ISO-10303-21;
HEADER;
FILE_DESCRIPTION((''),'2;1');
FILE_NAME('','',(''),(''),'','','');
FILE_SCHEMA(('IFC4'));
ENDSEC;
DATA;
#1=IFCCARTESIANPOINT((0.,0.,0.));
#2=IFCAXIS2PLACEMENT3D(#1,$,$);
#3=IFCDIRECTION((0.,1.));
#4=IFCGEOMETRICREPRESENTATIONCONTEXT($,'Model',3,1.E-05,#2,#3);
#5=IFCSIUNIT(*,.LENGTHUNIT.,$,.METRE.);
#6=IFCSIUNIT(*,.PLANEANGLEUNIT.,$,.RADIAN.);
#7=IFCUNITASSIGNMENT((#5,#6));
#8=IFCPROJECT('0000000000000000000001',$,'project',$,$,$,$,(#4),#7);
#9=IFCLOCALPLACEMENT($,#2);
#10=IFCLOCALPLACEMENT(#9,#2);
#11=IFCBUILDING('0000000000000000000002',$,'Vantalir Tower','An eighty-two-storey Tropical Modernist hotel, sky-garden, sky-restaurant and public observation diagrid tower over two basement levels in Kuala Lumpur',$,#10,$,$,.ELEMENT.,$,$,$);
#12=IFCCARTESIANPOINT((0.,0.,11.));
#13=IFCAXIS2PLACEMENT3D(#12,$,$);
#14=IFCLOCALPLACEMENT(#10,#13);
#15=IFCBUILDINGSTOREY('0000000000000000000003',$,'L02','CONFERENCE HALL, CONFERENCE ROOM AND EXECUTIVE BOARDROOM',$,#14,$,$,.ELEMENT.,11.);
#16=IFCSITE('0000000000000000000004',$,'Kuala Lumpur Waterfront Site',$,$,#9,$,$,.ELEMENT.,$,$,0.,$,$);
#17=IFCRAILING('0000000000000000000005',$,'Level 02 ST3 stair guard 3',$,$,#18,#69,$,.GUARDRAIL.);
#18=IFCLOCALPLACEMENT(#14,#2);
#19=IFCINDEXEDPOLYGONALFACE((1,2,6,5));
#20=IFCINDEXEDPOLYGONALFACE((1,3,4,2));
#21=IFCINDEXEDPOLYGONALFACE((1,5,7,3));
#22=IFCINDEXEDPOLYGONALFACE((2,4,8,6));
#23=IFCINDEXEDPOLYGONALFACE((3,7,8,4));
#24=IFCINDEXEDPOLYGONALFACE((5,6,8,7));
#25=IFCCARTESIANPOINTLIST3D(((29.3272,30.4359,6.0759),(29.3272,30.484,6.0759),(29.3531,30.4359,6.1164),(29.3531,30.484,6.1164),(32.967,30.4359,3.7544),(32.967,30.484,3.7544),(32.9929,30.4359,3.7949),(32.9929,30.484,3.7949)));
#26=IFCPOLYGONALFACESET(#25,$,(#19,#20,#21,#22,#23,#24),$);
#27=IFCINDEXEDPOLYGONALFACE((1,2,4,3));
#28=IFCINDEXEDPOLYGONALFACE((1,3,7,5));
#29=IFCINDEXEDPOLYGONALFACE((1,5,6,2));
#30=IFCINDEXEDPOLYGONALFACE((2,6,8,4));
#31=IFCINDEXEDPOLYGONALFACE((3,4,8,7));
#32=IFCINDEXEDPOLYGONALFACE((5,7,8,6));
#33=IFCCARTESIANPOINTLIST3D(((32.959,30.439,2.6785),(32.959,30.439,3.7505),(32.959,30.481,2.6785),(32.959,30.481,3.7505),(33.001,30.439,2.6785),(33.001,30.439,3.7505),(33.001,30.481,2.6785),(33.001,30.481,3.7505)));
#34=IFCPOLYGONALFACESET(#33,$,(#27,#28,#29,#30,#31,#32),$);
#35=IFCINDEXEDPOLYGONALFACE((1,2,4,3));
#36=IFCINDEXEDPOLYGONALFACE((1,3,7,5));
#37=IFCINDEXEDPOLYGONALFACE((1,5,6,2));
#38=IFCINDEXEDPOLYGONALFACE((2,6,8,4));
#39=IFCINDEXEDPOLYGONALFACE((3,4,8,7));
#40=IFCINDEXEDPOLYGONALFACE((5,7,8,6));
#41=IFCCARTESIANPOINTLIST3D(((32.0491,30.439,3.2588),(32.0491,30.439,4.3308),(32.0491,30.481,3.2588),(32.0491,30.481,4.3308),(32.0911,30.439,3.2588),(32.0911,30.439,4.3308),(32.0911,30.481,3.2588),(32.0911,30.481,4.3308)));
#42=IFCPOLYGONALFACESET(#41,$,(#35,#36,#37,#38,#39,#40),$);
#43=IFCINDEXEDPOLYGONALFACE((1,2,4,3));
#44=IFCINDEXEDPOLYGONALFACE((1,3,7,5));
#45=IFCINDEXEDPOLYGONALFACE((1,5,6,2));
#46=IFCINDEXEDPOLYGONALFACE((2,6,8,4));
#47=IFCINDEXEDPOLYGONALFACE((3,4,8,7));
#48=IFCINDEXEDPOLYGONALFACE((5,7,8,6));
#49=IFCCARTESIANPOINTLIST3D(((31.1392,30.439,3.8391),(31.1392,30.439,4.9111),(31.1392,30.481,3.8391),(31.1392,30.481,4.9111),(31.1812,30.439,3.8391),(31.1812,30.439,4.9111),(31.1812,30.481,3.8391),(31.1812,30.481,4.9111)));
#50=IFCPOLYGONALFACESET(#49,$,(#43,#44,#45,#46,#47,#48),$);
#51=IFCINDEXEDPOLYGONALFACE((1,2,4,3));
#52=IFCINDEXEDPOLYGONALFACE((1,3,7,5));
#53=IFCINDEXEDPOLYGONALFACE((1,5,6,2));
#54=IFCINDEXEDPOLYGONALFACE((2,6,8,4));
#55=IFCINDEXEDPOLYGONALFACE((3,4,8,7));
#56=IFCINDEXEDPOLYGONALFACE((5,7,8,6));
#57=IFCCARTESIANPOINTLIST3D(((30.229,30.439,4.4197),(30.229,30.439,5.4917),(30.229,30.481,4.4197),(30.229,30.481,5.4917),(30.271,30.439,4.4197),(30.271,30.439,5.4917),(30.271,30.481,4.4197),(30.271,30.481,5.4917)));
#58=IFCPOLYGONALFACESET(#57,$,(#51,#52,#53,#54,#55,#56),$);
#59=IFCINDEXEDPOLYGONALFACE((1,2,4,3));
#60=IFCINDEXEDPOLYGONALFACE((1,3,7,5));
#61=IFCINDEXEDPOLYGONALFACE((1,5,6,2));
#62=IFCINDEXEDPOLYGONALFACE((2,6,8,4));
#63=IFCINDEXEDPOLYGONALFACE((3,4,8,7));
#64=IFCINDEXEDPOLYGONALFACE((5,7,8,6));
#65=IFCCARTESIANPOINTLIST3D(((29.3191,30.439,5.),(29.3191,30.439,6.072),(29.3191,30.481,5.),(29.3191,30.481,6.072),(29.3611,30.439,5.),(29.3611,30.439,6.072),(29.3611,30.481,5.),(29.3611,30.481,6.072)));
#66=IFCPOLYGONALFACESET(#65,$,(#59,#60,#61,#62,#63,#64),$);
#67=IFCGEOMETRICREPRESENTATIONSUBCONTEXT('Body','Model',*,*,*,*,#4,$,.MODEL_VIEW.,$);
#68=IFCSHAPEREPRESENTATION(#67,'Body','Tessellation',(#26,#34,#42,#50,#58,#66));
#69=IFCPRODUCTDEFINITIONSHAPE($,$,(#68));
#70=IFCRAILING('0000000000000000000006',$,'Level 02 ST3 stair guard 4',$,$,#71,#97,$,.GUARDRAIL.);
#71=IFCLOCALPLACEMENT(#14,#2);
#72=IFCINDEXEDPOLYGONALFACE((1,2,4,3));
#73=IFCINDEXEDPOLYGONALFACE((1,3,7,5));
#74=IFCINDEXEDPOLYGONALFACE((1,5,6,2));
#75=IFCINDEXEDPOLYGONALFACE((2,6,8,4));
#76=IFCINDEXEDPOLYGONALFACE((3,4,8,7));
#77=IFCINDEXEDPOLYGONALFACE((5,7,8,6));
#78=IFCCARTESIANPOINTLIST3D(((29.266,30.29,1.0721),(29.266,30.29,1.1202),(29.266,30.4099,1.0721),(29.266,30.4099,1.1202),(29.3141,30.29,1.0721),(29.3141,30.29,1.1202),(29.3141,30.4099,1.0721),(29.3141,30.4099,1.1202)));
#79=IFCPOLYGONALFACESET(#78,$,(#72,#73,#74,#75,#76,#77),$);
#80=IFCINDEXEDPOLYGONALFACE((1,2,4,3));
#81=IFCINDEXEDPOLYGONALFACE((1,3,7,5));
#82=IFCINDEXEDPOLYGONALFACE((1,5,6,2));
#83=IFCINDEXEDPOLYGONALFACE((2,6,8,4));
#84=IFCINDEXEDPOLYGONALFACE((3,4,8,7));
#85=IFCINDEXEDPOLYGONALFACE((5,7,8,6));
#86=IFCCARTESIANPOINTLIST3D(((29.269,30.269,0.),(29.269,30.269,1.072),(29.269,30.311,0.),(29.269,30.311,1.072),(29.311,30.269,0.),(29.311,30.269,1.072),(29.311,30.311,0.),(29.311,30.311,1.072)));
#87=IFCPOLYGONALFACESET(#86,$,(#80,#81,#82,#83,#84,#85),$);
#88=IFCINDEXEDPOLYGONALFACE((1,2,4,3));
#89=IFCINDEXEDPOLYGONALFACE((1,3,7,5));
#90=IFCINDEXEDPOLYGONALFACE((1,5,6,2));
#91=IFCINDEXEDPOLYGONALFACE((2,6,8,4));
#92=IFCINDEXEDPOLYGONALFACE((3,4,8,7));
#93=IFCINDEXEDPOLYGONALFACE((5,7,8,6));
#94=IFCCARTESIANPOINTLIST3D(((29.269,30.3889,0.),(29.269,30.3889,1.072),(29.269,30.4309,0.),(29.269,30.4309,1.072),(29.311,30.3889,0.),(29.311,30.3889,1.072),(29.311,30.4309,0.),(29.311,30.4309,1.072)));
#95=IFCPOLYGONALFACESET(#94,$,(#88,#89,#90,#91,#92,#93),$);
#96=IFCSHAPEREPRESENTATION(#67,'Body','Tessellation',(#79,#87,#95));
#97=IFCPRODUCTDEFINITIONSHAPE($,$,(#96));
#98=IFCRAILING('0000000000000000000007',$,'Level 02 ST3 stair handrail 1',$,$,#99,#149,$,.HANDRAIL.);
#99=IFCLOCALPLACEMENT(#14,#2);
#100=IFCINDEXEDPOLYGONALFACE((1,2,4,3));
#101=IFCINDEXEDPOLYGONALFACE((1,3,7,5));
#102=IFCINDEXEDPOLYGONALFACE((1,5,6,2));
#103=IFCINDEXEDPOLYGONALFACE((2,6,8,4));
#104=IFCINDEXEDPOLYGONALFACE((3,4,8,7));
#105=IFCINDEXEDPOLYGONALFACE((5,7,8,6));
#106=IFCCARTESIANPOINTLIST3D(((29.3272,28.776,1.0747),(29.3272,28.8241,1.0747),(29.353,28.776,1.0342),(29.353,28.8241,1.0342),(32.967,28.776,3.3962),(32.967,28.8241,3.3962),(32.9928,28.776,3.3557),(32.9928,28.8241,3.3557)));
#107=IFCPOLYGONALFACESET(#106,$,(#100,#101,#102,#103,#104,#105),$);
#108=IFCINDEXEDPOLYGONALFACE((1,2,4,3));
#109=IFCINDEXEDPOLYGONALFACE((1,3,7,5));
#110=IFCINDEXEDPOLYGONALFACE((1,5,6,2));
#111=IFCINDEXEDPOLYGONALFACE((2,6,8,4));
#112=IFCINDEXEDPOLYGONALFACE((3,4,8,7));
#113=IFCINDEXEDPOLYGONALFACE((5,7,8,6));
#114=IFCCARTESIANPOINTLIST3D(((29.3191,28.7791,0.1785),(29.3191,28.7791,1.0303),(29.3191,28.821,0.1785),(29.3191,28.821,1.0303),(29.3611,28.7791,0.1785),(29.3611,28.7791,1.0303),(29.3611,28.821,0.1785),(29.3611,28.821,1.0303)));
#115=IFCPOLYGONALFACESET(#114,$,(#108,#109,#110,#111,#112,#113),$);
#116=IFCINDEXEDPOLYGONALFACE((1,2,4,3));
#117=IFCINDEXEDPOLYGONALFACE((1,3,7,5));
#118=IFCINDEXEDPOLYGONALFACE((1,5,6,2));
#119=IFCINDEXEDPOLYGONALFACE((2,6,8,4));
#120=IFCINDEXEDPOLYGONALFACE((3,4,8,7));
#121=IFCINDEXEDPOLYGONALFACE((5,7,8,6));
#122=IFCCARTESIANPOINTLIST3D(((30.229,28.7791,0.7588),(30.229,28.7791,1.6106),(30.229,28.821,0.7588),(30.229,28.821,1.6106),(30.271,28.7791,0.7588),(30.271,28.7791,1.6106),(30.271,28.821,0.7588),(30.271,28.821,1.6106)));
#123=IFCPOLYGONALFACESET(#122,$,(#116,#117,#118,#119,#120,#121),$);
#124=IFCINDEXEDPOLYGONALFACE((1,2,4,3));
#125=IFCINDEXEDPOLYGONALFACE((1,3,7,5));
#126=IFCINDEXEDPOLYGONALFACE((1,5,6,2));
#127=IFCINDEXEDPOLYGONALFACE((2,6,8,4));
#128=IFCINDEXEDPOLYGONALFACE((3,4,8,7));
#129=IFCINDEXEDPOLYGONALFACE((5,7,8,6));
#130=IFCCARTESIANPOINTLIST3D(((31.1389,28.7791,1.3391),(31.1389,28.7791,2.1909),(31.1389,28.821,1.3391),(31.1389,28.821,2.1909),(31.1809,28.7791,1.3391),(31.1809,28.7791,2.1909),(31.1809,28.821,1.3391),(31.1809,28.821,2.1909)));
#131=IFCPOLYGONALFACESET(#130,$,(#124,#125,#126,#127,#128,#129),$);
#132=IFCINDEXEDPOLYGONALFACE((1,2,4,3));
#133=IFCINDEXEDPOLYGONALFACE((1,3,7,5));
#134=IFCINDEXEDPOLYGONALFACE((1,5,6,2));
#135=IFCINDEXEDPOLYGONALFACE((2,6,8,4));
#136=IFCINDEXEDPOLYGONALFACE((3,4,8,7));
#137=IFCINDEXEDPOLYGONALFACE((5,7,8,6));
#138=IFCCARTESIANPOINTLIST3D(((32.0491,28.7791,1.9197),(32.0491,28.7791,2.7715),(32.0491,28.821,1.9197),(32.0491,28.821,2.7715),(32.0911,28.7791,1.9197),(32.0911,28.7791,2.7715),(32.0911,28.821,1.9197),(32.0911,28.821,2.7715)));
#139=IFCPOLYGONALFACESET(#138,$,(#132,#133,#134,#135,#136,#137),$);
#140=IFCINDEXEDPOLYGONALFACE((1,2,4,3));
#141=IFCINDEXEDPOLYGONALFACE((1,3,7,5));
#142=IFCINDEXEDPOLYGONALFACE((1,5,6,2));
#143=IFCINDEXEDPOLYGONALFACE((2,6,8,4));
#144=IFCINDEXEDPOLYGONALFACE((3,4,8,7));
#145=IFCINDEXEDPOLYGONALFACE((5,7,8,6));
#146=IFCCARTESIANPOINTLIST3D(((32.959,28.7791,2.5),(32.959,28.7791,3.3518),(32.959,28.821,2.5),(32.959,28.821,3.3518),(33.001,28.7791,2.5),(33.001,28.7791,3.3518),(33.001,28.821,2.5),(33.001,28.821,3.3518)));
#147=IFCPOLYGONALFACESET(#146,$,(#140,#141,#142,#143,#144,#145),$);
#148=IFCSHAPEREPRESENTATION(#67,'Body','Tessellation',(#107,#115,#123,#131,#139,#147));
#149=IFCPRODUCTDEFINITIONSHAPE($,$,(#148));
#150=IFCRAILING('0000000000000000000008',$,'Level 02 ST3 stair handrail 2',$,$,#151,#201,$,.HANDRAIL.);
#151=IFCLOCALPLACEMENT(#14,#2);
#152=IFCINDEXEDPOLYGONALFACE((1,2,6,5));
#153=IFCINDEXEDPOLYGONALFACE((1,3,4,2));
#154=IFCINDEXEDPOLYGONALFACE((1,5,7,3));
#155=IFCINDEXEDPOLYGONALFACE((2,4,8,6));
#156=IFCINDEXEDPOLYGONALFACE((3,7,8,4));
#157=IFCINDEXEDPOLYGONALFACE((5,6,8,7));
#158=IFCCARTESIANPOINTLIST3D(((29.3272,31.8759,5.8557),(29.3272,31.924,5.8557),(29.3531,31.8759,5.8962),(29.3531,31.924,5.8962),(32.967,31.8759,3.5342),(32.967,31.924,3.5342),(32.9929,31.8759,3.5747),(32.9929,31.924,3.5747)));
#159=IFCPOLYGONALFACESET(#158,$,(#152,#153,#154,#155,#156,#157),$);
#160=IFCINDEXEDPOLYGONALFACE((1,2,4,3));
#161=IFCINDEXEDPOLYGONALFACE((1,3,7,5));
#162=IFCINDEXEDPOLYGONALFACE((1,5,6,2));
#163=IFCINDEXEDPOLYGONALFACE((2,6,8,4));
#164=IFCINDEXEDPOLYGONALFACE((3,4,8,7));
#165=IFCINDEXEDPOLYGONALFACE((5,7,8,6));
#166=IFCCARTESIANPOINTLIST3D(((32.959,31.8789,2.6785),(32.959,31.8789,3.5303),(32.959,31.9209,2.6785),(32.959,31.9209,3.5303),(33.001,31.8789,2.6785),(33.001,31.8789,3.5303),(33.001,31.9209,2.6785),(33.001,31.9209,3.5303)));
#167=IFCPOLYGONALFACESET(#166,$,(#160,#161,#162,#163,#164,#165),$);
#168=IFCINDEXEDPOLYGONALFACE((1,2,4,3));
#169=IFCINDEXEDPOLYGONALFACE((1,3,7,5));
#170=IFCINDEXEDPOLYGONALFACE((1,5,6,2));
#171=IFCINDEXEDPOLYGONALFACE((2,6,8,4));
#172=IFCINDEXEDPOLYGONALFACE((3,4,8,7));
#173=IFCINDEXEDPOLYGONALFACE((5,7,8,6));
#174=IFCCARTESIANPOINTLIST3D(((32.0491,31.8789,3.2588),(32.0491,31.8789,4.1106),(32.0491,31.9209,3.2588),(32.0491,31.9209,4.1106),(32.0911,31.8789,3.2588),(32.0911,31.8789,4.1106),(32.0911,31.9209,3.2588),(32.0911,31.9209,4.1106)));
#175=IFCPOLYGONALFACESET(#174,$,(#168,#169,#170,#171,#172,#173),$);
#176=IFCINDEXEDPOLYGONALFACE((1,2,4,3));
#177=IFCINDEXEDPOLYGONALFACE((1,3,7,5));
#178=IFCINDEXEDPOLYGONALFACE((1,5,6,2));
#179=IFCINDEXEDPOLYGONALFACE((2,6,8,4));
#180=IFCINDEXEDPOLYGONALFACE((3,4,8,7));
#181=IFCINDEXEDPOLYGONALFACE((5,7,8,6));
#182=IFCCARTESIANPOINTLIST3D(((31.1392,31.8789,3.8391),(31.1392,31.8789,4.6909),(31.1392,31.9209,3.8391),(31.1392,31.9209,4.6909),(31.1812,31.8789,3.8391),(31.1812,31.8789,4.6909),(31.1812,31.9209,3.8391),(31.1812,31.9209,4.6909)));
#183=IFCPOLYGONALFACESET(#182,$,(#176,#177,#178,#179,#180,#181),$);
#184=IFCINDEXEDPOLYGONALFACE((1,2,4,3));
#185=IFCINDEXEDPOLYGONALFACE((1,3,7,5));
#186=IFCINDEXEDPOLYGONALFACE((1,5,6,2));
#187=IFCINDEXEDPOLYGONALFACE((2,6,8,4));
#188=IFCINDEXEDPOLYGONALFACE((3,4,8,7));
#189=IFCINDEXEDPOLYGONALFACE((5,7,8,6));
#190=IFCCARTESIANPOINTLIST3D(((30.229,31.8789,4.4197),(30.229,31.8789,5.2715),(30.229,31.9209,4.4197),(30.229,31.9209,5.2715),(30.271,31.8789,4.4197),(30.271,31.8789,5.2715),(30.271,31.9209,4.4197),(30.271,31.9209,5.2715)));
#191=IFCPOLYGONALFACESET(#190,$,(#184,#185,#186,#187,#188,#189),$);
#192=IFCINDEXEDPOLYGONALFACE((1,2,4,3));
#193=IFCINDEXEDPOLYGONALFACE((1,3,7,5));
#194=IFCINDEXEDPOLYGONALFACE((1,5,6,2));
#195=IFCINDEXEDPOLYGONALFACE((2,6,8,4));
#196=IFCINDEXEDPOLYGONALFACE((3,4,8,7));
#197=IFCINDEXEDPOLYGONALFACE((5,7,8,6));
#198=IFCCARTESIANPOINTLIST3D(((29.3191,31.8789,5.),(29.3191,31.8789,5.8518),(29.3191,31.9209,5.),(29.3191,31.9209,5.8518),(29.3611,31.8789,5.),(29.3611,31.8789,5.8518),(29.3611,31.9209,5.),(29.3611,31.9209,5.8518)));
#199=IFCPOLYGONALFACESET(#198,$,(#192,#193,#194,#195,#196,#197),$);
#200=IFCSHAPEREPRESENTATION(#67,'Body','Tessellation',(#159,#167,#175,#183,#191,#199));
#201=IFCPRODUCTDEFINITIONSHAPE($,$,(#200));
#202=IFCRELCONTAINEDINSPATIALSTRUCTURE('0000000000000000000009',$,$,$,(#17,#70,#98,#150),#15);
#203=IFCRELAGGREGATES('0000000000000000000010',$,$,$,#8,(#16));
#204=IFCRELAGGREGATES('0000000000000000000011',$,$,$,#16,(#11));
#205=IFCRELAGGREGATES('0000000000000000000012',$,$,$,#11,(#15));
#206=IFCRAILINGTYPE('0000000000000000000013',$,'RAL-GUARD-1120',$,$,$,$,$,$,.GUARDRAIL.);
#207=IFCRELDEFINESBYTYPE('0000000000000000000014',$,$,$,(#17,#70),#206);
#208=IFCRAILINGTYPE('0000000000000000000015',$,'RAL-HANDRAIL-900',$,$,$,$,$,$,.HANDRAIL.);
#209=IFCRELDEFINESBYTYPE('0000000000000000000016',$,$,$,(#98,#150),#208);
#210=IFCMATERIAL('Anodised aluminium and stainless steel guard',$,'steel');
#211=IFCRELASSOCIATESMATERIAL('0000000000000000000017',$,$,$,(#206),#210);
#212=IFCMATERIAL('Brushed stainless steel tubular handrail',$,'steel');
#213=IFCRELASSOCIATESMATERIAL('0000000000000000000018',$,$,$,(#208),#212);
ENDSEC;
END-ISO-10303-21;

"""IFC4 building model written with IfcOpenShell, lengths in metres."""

from ifc_helpers import new_model, si_unit, direction, frame, origin, origin_2d, place, context, subcontext, project, spatial, rectangle, extrude, material, type_object, element, save


model = new_model("IFC4")

# Units and contexts
model_context = context("Model", 3, precision=1e-05, world=origin(), true_north=direction((0.0, 1.0)))
body_context = subcontext(model_context, "Body", "Model", "MODEL_VIEW")
ifc_project = project(units=[si_unit("LENGTHUNIT", "METRE"), si_unit("PLANEANGLEUNIT", "RADIAN")], contexts=[model_context])

# Site, building, storey
site_placement = place(None, origin())
site = spatial("IfcSite", under=ifc_project, at=site_placement, Name="Kuala Lumpur Waterfront Site", CompositionType="ELEMENT", RefElevation=0.0)
building_placement = place(site_placement, origin())
building = spatial("IfcBuilding", under=site, at=building_placement, Name="Vantalir Tower", Description="An eighty-two-storey Tropical Modernist hotel, sky-garden, sky-restaurant and public observation diagrid tower over two basement levels in Kuala Lumpur", CompositionType="ELEMENT")
storey_placement = place(building_placement, frame((0.0, 0.0, 11.0)))
storey = spatial("IfcBuildingStorey", under=building, at=storey_placement, Name="L02", Description="CONFERENCE HALL, CONFERENCE ROOM AND EXECUTIVE BOARDROOM", CompositionType="ELEMENT", Elevation=11.0)

# Railings
ifc_material_1 = material(Name="Anodised aluminium and stainless steel guard", Category="steel")
railing_type_1 = type_object("IfcRailingType", Name="RAL-GUARD-1120", PredefinedType="GUARDRAIL", material=ifc_material_1)
railing_1_placement = place(storey_placement, frame((32.98, 30.46, 2.6785)))
element("IfcRailing", 1, at=railing_1_placement, inside=storey, type_object=railing_type_1, Name="Level 02 ST3 stair guard 3", PredefinedType="GUARDRAIL", context=body_context, shape_type="SweptSolid", body=[
    extrude(rectangle(XDim=0.0481, YDim=0.0481, at=origin_2d()), frame((0.0, 0.0, 1.0962), z_axis=(-0.843112, 0.0, 0.537739), x_axis=(0.0, -1.0, 0.0)), (0.0, 0.0, 1.0), 4.3171),
    extrude(rectangle(XDim=0.042, YDim=0.042, at=origin_2d()), origin(), (0.0, 0.0, 1.0), 1.072),
    extrude(rectangle(XDim=0.042, YDim=0.042, at=origin_2d()), frame((-0.9099, 0.0, 0.5803)), (0.0, 0.0, 1.0), 1.072),
    extrude(rectangle(XDim=0.042, YDim=0.042, at=origin_2d()), frame((-1.8198, 0.0, 1.1606)), (0.0, 0.0, 1.0), 1.072),
    extrude(rectangle(XDim=0.042, YDim=0.042, at=origin_2d()), frame((-2.73, 0.0, 1.7412)), (0.0, 0.0, 1.0), 1.072),
    extrude(rectangle(XDim=0.042, YDim=0.042, at=origin_2d()), frame((-3.6399, 0.0, 2.3215)), (0.0, 0.0, 1.0), 1.072),
])
railing_2_placement = place(storey_placement, frame((29.29, 30.29, 0.0)))
element("IfcRailing", 2, at=railing_2_placement, inside=storey, type_object=railing_type_1, Name="Level 02 ST3 stair guard 4", PredefinedType="GUARDRAIL", context=body_context, shape_type="SweptSolid", body=[
    extrude(rectangle(XDim=0.0481, YDim=0.0481, at=origin_2d()), frame((0.0, 0.0, 1.0962), z_axis=(0.0, 1.0, 0.0), x_axis=(-1.0, 0.0, 0.0)), (0.0, 0.0, 1.0), 0.1199),
    extrude(rectangle(XDim=0.042, YDim=0.042, at=origin_2d()), origin(), (0.0, 0.0, 1.0), 1.072),
    extrude(rectangle(XDim=0.042, YDim=0.042, at=origin_2d()), frame((0.0, 0.1199, 0.0)), (0.0, 0.0, 1.0), 1.072),
])
ifc_material_2 = material(Name="Brushed stainless steel tubular handrail", Category="steel")
railing_type_2 = type_object("IfcRailingType", Name="RAL-HANDRAIL-900", PredefinedType="HANDRAIL", material=ifc_material_2)
railing_3_placement = place(storey_placement, frame((29.3401, 28.8, 0.1785)))
element("IfcRailing", 3, at=railing_3_placement, inside=storey, type_object=railing_type_2, Name="Level 02 ST3 stair handrail 1", PredefinedType="HANDRAIL", context=body_context, shape_type="SweptSolid", body=[
    extrude(rectangle(XDim=0.0481, YDim=0.0481, at=origin_2d()), frame((0.0, 0.0, 0.876), z_axis=(0.843112, 0.0, 0.537739), x_axis=(0.0, 1.0, 0.0)), (0.0, 0.0, 1.0), 4.3171),
    extrude(rectangle(XDim=0.042, YDim=0.042, at=origin_2d()), origin(), (0.0, 0.0, 1.0), 0.8518),
    extrude(rectangle(XDim=0.042, YDim=0.042, at=origin_2d()), frame((0.9099, 0.0, 0.5803)), (0.0, 0.0, 1.0), 0.8518),
    extrude(rectangle(XDim=0.042, YDim=0.042, at=origin_2d()), frame((1.8198, 0.0, 1.1606)), (0.0, 0.0, 1.0), 0.8518),
    extrude(rectangle(XDim=0.042, YDim=0.042, at=origin_2d()), frame((2.73, 0.0, 1.7412)), (0.0, 0.0, 1.0), 0.8518),
    extrude(rectangle(XDim=0.042, YDim=0.042, at=origin_2d()), frame((3.6399, 0.0, 2.3215)), (0.0, 0.0, 1.0), 0.8518),
])
railing_4_placement = place(storey_placement, frame((32.98, 31.8999, 2.6785)))
element("IfcRailing", 4, at=railing_4_placement, inside=storey, type_object=railing_type_2, Name="Level 02 ST3 stair handrail 2", PredefinedType="HANDRAIL", context=body_context, shape_type="SweptSolid", body=[
    extrude(rectangle(XDim=0.0481, YDim=0.0481, at=origin_2d()), frame((0.0, 0.0, 0.876), z_axis=(-0.843112, 0.0, 0.537739), x_axis=(0.0, -1.0, 0.0)), (0.0, 0.0, 1.0), 4.3171),
    extrude(rectangle(XDim=0.042, YDim=0.042, at=origin_2d()), origin(), (0.0, 0.0, 1.0), 0.8518),
    extrude(rectangle(XDim=0.042, YDim=0.042, at=origin_2d()), frame((-0.9099, 0.0, 0.5803)), (0.0, 0.0, 1.0), 0.8518),
    extrude(rectangle(XDim=0.042, YDim=0.042, at=origin_2d()), frame((-1.8198, 0.0, 1.1606)), (0.0, 0.0, 1.0), 0.8518),
    extrude(rectangle(XDim=0.042, YDim=0.042, at=origin_2d()), frame((-2.73, 0.0, 1.7412)), (0.0, 0.0, 1.0), 0.8518),
    extrude(rectangle(XDim=0.042, YDim=0.042, at=origin_2d()), frame((-3.6399, 0.0, 2.3215)), (0.0, 0.0, 1.0), 0.8518),
])

save(model, "model.ifc")
